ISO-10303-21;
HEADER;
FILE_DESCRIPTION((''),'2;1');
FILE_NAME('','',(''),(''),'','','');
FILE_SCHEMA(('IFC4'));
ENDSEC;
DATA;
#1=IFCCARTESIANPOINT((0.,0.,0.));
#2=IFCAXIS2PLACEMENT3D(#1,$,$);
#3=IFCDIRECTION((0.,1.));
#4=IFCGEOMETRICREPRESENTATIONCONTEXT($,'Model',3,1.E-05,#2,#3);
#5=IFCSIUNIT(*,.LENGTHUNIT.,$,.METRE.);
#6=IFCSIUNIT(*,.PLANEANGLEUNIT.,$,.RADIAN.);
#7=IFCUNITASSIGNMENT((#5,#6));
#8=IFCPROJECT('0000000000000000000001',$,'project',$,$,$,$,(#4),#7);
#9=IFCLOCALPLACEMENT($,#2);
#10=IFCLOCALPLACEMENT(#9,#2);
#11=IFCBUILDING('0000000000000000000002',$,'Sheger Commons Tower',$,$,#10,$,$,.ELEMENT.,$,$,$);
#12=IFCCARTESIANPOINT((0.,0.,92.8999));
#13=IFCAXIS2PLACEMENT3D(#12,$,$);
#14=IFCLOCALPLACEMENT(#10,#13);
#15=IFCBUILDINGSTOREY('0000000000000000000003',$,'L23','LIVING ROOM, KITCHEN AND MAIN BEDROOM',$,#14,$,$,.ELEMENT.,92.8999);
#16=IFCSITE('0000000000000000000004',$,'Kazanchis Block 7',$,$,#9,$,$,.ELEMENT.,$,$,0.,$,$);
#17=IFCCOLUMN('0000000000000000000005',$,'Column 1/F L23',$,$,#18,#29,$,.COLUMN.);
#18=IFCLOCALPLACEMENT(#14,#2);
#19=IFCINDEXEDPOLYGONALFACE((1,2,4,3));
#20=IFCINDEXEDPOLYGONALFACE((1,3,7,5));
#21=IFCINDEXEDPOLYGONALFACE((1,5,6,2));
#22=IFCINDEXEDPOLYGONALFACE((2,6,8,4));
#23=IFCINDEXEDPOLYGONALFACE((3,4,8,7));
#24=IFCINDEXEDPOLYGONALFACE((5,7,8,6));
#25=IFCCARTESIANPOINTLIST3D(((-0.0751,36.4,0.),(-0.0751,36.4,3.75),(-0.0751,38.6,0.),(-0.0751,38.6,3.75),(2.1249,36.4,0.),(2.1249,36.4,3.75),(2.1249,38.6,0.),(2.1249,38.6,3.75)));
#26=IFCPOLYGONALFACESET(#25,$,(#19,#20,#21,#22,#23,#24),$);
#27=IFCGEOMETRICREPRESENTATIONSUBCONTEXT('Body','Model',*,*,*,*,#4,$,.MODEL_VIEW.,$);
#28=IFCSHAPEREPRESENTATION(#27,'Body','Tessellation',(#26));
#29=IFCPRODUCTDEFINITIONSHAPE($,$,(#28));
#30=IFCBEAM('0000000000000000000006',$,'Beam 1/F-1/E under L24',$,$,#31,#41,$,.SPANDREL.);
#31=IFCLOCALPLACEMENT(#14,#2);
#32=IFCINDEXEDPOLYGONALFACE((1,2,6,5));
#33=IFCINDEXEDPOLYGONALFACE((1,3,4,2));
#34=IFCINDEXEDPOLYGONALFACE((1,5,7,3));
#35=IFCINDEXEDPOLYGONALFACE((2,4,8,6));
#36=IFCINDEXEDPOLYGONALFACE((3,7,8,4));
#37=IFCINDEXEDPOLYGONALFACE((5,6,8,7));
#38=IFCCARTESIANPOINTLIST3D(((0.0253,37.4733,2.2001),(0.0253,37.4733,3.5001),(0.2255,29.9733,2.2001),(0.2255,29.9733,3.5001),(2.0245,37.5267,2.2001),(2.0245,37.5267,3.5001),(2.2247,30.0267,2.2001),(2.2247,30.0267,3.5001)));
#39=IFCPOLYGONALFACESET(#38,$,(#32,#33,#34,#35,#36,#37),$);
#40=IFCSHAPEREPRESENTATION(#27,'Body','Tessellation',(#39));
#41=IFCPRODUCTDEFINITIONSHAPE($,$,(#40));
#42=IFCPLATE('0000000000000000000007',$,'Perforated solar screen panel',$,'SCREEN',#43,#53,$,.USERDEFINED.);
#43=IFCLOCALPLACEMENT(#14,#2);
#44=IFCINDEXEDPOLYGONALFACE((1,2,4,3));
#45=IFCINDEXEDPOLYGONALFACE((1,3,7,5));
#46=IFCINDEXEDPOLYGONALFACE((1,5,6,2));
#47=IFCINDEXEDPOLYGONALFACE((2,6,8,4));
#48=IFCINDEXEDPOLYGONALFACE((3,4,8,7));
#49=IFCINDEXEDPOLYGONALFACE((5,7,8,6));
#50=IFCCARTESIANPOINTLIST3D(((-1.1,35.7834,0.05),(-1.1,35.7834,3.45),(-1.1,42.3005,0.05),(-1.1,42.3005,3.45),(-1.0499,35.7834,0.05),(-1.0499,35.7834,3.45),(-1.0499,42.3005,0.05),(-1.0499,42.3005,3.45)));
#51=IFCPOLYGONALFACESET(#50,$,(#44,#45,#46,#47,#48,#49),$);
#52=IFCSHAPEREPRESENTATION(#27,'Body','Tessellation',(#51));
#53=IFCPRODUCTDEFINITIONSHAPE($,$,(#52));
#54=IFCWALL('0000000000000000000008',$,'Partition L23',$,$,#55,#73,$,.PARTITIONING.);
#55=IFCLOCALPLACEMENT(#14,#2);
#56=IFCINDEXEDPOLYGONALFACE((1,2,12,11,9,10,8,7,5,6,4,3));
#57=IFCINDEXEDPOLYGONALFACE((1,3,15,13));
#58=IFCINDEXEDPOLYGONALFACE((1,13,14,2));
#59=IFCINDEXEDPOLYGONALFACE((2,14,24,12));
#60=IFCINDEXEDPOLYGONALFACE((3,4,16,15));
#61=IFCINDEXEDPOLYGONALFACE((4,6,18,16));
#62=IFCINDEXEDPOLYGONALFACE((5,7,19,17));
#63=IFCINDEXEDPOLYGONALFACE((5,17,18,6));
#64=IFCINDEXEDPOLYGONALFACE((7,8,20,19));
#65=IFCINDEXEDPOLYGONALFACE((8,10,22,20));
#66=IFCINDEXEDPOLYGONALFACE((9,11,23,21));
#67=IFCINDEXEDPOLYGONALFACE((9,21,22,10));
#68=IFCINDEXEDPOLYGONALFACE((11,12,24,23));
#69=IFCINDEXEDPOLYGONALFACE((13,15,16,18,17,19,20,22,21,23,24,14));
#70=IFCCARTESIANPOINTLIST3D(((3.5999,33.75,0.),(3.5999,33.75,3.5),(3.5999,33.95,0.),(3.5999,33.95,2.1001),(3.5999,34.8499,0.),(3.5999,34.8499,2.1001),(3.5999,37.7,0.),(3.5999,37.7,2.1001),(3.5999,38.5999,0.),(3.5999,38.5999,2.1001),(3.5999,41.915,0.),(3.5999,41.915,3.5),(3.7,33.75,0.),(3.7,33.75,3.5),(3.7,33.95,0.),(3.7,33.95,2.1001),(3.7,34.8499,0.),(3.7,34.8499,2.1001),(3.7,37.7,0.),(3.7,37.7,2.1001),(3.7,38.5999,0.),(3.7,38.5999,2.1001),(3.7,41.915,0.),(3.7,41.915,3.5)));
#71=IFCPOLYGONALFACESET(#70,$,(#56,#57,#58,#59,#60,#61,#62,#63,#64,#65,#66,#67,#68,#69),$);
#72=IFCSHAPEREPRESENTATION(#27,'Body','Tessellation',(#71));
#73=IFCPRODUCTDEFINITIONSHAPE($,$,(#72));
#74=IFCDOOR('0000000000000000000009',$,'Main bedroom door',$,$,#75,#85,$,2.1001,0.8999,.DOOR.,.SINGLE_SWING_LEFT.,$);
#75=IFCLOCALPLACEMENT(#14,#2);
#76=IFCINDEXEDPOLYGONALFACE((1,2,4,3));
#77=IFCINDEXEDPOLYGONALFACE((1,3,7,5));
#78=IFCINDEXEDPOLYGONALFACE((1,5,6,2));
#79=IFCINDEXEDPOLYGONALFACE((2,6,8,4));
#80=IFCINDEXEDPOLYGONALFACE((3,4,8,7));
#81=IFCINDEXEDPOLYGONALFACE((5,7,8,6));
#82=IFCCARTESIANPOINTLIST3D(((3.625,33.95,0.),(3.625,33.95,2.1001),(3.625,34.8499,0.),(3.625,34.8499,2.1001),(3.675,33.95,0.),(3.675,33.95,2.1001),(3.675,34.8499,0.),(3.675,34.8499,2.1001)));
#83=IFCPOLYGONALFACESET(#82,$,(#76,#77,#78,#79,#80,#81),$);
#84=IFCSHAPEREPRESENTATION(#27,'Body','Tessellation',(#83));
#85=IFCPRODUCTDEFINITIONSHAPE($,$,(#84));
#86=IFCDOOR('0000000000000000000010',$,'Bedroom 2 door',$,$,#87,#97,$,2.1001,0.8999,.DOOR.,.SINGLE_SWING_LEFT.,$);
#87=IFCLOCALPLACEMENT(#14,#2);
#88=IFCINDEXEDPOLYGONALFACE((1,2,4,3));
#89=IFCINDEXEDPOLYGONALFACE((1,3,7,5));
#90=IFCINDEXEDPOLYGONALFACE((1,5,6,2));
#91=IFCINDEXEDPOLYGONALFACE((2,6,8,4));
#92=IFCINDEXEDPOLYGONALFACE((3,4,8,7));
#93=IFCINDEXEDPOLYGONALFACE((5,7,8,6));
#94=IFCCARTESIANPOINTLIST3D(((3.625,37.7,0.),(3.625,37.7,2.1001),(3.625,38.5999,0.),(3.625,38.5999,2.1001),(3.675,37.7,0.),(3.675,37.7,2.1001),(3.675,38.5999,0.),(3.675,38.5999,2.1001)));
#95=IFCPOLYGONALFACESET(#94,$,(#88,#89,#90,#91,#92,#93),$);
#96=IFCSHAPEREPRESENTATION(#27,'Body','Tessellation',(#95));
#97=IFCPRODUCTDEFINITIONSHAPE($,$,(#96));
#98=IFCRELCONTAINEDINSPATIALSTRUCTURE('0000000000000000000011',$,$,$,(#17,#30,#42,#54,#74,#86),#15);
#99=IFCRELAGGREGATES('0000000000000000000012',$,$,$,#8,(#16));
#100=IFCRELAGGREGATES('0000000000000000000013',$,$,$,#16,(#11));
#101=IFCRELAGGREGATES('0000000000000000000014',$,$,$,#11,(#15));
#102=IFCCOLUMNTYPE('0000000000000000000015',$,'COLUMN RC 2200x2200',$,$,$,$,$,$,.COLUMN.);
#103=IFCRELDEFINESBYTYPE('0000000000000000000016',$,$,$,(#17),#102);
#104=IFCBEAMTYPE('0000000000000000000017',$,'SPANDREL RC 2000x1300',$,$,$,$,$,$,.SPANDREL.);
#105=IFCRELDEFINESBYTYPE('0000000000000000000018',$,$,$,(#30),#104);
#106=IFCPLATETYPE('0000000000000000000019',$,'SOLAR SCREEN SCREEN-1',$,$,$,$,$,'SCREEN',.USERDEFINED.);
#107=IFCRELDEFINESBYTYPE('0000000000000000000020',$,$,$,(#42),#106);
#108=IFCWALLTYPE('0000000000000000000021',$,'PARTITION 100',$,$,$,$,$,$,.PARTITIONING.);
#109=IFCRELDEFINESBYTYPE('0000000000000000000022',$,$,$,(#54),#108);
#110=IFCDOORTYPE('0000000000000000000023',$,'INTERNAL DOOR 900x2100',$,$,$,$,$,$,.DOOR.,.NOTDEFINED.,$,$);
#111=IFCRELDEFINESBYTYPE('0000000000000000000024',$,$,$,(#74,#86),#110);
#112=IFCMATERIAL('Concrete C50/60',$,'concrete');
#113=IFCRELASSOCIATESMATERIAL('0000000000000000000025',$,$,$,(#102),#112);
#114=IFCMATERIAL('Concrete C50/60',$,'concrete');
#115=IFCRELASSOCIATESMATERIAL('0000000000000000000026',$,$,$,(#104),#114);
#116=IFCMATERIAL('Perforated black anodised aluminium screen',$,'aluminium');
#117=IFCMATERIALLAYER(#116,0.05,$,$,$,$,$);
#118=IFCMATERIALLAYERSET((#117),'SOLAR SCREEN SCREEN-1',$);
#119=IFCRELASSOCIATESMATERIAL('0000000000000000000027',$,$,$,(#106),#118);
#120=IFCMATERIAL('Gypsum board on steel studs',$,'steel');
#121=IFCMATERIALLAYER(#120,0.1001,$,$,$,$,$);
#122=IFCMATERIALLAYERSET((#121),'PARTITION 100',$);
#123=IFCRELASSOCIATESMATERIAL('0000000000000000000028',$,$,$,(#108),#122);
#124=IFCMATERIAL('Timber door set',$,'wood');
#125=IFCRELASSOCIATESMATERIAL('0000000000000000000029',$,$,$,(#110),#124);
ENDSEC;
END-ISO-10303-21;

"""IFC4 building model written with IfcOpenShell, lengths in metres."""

from ifc_helpers import new_model, si_unit, direction, frame, frame_2d, origin, origin_2d, place, context, subcontext, project, spatial, rectangle, extrude, material, layer, layer_set, material_profile, profile_set, type_object, element, fill, save


model = new_model("IFC4")

# Units and contexts
model_context = context("Model", 3, precision=1e-05, world=origin(), true_north=direction((0.0, 1.0)))
body_context = subcontext(model_context, "Body", "Model", "MODEL_VIEW")
ifc_project = project(units=[si_unit("LENGTHUNIT", "METRE"), si_unit("PLANEANGLEUNIT", "RADIAN")], contexts=[model_context])

# Site, building, storey
site_placement = place(None, origin())
site = spatial("IfcSite", under=ifc_project, at=site_placement, Name="Kazanchis Block 7", CompositionType="ELEMENT", RefElevation=0.0)
building_placement = place(site_placement, origin())
building = spatial("IfcBuilding", under=site, at=building_placement, Name="Sheger Commons Tower", CompositionType="ELEMENT")
storey_placement = place(building_placement, frame((0.0, 0.0, 92.8999)))
storey = spatial("IfcBuildingStorey", under=building, at=storey_placement, Name="L23", Description="LIVING ROOM, KITCHEN AND MAIN BEDROOM", CompositionType="ELEMENT", Elevation=92.8999)

# Column
ifc_material_1 = material(Name="Concrete C50/60", Category="concrete")
ifc_material_profile_1 = material_profile(ifc_material_1, rectangle(XDim=2.2, YDim=2.2, at=origin_2d()), Name="RC 2200x2200")
ifc_profile_set_1 = profile_set([ifc_material_profile_1], Name="Concrete C50/60")
column_type = type_object("IfcColumnType", Name="COLUMN RC 2200x2200", PredefinedType="COLUMN", material=ifc_profile_set_1)
column_placement = place(storey_placement, frame((1.0249, 37.5, 0.0), z_axis=(0.0, 0.0, 1.0), x_axis=(1.0, 0.0, 0.0)))
element("IfcColumn", 1, at=column_placement, inside=storey, type_object=column_type, Name="Column 1/F L23", PredefinedType="COLUMN", context=body_context, shape_type="SweptSolid", body=[
    extrude(rectangle(XDim=2.2, YDim=2.2, at=origin_2d()), origin(), (0.0, 0.0, 1.0), 3.75),
])

# Beam
ifc_material_2 = material(Name="Concrete C50/60", Category="concrete")
ifc_material_profile_2 = material_profile(ifc_material_2, rectangle(XDim=2.0, YDim=1.3, at=origin_2d()), Name="RC 2000x1300")
ifc_profile_set_2 = profile_set([ifc_material_profile_2], Name="Concrete C50/60")
beam_type = type_object("IfcBeamType", Name="SPANDREL RC 2000x1300", PredefinedType="SPANDREL", material=ifc_profile_set_2)
beam_placement = place(storey_placement, frame((1.0249, 37.5, 2.8501), z_axis=(0.026683, -0.999644, 0.0), x_axis=(0.999644, 0.026683, 0.0)))
element("IfcBeam", 2, at=beam_placement, inside=storey, type_object=beam_type, Name="Beam 1/F-1/E under L24", PredefinedType="SPANDREL", context=body_context, shape_type="SweptSolid", body=[
    extrude(rectangle(XDim=2.0, YDim=1.3, at=origin_2d()), origin(), (0.0, 0.0, 1.0), 7.5027),
])

# Plate
ifc_material_3 = material(Name="Perforated black anodised aluminium screen", Category="aluminium")
ifc_layer_1 = layer(ifc_material_3, 0.05)
ifc_layer_set_1 = layer_set([ifc_layer_1], Name="SOLAR SCREEN SCREEN-1")
plate_type = type_object("IfcPlateType", Name="SOLAR SCREEN SCREEN-1", ElementType="SCREEN", PredefinedType="USERDEFINED", material=ifc_layer_set_1)
plate_placement = place(storey_placement, frame((-1.075, 39.042, 0.05), z_axis=(0.0, 0.0, 1.0), x_axis=(0.0, -1.0, 0.0)))
element("IfcPlate", 3, at=plate_placement, inside=storey, type_object=plate_type, Name="Perforated solar screen panel", ObjectType="SCREEN", PredefinedType="USERDEFINED", context=body_context, shape_type="SweptSolid", body=[
    extrude(rectangle(XDim=6.5171, YDim=0.05, at=origin_2d()), origin(), (0.0, 0.0, 1.0), 3.3999),
])

# Wall, openings, doors
ifc_material_4 = material(Name="Gypsum board on steel studs", Category="steel")
ifc_layer_2 = layer(ifc_material_4, 0.1001)
ifc_layer_set_2 = layer_set([ifc_layer_2], Name="PARTITION 100")
wall_type = type_object("IfcWallType", Name="PARTITION 100", PredefinedType="PARTITIONING", material=ifc_layer_set_2)
wall_1_placement = place(storey_placement, frame((3.6499, 33.75, 0.0), z_axis=(0.0, 0.0, 1.0), x_axis=(0.0, 1.0, 0.0)))
wall_1 = element("IfcWall", 4, at=wall_1_placement, inside=storey, type_object=wall_type, Name="Partition L23", PredefinedType="PARTITIONING", context=body_context, shape_type="SweptSolid", body=[
    extrude(rectangle(XDim=8.165, YDim=0.1001, at=frame_2d((4.0825, 0.0))), origin(), (0.0, 0.0, 1.0), 3.5),
])
opening_1_placement = place(wall_1_placement, frame((0.2, 0.0, 0.0)))
opening_1 = element("IfcOpeningElement", 5, at=opening_1_placement, cuts=wall_1, PredefinedType="OPENING", context=body_context, shape_type="SweptSolid", body=[
    extrude(rectangle(XDim=0.8999, YDim=2.1001, at=frame_2d((0.45, 1.05))), frame((0.0, 0.0601, 0.0), z_axis=(0.0, -1.0, 0.0), x_axis=(1.0, 0.0, 0.0)), (0.0, 0.0, 1.0), 0.1201),
])
opening_2_placement = place(wall_1_placement, frame((3.95, 0.0, 0.0)))
opening_2 = element("IfcOpeningElement", 6, at=opening_2_placement, cuts=wall_1, PredefinedType="OPENING", context=body_context, shape_type="SweptSolid", body=[
    extrude(rectangle(XDim=0.8999, YDim=2.1001, at=frame_2d((0.45, 1.05))), frame((0.0, 0.0601, 0.0), z_axis=(0.0, -1.0, 0.0), x_axis=(1.0, 0.0, 0.0)), (0.0, 0.0, 1.0), 0.1201),
])
ifc_material_5 = material(Name="Timber door set", Category="wood")
door_type = type_object("IfcDoorType", Name="INTERNAL DOOR 900x2100", OperationType="NOTDEFINED", PredefinedType="DOOR", material=ifc_material_5)
door_1_placement = place(opening_1_placement, origin())
door_1 = element("IfcDoor", 7, at=door_1_placement, inside=storey, type_object=door_type, Name="Main bedroom door", OperationType="SINGLE_SWING_LEFT", OverallHeight=2.1001, OverallWidth=0.8999, PredefinedType="DOOR", context=body_context, shape_type="SweptSolid", body=[
    extrude(rectangle(XDim=0.8999, YDim=2.1001, at=frame_2d((0.45, 1.05))), frame((0.0, 0.0249, 0.0), z_axis=(0.0, -1.0, 0.0), x_axis=(1.0, 0.0, 0.0)), (0.0, 0.0, 1.0), 0.05),
])
fill(opening_1, door_1)
door_2_placement = place(opening_2_placement, origin())
door_2 = element("IfcDoor", 8, at=door_2_placement, inside=storey, type_object=door_type, Name="Bedroom 2 door", OperationType="SINGLE_SWING_LEFT", OverallHeight=2.1001, OverallWidth=0.8999, PredefinedType="DOOR", context=body_context, shape_type="SweptSolid", body=[
    extrude(rectangle(XDim=0.8999, YDim=2.1001, at=frame_2d((0.45, 1.05))), frame((0.0, 0.0249, 0.0), z_axis=(0.0, -1.0, 0.0), x_axis=(1.0, 0.0, 0.0)), (0.0, 0.0, 1.0), 0.05),
])
fill(opening_2, door_2)

save(model, "model.ifc")
